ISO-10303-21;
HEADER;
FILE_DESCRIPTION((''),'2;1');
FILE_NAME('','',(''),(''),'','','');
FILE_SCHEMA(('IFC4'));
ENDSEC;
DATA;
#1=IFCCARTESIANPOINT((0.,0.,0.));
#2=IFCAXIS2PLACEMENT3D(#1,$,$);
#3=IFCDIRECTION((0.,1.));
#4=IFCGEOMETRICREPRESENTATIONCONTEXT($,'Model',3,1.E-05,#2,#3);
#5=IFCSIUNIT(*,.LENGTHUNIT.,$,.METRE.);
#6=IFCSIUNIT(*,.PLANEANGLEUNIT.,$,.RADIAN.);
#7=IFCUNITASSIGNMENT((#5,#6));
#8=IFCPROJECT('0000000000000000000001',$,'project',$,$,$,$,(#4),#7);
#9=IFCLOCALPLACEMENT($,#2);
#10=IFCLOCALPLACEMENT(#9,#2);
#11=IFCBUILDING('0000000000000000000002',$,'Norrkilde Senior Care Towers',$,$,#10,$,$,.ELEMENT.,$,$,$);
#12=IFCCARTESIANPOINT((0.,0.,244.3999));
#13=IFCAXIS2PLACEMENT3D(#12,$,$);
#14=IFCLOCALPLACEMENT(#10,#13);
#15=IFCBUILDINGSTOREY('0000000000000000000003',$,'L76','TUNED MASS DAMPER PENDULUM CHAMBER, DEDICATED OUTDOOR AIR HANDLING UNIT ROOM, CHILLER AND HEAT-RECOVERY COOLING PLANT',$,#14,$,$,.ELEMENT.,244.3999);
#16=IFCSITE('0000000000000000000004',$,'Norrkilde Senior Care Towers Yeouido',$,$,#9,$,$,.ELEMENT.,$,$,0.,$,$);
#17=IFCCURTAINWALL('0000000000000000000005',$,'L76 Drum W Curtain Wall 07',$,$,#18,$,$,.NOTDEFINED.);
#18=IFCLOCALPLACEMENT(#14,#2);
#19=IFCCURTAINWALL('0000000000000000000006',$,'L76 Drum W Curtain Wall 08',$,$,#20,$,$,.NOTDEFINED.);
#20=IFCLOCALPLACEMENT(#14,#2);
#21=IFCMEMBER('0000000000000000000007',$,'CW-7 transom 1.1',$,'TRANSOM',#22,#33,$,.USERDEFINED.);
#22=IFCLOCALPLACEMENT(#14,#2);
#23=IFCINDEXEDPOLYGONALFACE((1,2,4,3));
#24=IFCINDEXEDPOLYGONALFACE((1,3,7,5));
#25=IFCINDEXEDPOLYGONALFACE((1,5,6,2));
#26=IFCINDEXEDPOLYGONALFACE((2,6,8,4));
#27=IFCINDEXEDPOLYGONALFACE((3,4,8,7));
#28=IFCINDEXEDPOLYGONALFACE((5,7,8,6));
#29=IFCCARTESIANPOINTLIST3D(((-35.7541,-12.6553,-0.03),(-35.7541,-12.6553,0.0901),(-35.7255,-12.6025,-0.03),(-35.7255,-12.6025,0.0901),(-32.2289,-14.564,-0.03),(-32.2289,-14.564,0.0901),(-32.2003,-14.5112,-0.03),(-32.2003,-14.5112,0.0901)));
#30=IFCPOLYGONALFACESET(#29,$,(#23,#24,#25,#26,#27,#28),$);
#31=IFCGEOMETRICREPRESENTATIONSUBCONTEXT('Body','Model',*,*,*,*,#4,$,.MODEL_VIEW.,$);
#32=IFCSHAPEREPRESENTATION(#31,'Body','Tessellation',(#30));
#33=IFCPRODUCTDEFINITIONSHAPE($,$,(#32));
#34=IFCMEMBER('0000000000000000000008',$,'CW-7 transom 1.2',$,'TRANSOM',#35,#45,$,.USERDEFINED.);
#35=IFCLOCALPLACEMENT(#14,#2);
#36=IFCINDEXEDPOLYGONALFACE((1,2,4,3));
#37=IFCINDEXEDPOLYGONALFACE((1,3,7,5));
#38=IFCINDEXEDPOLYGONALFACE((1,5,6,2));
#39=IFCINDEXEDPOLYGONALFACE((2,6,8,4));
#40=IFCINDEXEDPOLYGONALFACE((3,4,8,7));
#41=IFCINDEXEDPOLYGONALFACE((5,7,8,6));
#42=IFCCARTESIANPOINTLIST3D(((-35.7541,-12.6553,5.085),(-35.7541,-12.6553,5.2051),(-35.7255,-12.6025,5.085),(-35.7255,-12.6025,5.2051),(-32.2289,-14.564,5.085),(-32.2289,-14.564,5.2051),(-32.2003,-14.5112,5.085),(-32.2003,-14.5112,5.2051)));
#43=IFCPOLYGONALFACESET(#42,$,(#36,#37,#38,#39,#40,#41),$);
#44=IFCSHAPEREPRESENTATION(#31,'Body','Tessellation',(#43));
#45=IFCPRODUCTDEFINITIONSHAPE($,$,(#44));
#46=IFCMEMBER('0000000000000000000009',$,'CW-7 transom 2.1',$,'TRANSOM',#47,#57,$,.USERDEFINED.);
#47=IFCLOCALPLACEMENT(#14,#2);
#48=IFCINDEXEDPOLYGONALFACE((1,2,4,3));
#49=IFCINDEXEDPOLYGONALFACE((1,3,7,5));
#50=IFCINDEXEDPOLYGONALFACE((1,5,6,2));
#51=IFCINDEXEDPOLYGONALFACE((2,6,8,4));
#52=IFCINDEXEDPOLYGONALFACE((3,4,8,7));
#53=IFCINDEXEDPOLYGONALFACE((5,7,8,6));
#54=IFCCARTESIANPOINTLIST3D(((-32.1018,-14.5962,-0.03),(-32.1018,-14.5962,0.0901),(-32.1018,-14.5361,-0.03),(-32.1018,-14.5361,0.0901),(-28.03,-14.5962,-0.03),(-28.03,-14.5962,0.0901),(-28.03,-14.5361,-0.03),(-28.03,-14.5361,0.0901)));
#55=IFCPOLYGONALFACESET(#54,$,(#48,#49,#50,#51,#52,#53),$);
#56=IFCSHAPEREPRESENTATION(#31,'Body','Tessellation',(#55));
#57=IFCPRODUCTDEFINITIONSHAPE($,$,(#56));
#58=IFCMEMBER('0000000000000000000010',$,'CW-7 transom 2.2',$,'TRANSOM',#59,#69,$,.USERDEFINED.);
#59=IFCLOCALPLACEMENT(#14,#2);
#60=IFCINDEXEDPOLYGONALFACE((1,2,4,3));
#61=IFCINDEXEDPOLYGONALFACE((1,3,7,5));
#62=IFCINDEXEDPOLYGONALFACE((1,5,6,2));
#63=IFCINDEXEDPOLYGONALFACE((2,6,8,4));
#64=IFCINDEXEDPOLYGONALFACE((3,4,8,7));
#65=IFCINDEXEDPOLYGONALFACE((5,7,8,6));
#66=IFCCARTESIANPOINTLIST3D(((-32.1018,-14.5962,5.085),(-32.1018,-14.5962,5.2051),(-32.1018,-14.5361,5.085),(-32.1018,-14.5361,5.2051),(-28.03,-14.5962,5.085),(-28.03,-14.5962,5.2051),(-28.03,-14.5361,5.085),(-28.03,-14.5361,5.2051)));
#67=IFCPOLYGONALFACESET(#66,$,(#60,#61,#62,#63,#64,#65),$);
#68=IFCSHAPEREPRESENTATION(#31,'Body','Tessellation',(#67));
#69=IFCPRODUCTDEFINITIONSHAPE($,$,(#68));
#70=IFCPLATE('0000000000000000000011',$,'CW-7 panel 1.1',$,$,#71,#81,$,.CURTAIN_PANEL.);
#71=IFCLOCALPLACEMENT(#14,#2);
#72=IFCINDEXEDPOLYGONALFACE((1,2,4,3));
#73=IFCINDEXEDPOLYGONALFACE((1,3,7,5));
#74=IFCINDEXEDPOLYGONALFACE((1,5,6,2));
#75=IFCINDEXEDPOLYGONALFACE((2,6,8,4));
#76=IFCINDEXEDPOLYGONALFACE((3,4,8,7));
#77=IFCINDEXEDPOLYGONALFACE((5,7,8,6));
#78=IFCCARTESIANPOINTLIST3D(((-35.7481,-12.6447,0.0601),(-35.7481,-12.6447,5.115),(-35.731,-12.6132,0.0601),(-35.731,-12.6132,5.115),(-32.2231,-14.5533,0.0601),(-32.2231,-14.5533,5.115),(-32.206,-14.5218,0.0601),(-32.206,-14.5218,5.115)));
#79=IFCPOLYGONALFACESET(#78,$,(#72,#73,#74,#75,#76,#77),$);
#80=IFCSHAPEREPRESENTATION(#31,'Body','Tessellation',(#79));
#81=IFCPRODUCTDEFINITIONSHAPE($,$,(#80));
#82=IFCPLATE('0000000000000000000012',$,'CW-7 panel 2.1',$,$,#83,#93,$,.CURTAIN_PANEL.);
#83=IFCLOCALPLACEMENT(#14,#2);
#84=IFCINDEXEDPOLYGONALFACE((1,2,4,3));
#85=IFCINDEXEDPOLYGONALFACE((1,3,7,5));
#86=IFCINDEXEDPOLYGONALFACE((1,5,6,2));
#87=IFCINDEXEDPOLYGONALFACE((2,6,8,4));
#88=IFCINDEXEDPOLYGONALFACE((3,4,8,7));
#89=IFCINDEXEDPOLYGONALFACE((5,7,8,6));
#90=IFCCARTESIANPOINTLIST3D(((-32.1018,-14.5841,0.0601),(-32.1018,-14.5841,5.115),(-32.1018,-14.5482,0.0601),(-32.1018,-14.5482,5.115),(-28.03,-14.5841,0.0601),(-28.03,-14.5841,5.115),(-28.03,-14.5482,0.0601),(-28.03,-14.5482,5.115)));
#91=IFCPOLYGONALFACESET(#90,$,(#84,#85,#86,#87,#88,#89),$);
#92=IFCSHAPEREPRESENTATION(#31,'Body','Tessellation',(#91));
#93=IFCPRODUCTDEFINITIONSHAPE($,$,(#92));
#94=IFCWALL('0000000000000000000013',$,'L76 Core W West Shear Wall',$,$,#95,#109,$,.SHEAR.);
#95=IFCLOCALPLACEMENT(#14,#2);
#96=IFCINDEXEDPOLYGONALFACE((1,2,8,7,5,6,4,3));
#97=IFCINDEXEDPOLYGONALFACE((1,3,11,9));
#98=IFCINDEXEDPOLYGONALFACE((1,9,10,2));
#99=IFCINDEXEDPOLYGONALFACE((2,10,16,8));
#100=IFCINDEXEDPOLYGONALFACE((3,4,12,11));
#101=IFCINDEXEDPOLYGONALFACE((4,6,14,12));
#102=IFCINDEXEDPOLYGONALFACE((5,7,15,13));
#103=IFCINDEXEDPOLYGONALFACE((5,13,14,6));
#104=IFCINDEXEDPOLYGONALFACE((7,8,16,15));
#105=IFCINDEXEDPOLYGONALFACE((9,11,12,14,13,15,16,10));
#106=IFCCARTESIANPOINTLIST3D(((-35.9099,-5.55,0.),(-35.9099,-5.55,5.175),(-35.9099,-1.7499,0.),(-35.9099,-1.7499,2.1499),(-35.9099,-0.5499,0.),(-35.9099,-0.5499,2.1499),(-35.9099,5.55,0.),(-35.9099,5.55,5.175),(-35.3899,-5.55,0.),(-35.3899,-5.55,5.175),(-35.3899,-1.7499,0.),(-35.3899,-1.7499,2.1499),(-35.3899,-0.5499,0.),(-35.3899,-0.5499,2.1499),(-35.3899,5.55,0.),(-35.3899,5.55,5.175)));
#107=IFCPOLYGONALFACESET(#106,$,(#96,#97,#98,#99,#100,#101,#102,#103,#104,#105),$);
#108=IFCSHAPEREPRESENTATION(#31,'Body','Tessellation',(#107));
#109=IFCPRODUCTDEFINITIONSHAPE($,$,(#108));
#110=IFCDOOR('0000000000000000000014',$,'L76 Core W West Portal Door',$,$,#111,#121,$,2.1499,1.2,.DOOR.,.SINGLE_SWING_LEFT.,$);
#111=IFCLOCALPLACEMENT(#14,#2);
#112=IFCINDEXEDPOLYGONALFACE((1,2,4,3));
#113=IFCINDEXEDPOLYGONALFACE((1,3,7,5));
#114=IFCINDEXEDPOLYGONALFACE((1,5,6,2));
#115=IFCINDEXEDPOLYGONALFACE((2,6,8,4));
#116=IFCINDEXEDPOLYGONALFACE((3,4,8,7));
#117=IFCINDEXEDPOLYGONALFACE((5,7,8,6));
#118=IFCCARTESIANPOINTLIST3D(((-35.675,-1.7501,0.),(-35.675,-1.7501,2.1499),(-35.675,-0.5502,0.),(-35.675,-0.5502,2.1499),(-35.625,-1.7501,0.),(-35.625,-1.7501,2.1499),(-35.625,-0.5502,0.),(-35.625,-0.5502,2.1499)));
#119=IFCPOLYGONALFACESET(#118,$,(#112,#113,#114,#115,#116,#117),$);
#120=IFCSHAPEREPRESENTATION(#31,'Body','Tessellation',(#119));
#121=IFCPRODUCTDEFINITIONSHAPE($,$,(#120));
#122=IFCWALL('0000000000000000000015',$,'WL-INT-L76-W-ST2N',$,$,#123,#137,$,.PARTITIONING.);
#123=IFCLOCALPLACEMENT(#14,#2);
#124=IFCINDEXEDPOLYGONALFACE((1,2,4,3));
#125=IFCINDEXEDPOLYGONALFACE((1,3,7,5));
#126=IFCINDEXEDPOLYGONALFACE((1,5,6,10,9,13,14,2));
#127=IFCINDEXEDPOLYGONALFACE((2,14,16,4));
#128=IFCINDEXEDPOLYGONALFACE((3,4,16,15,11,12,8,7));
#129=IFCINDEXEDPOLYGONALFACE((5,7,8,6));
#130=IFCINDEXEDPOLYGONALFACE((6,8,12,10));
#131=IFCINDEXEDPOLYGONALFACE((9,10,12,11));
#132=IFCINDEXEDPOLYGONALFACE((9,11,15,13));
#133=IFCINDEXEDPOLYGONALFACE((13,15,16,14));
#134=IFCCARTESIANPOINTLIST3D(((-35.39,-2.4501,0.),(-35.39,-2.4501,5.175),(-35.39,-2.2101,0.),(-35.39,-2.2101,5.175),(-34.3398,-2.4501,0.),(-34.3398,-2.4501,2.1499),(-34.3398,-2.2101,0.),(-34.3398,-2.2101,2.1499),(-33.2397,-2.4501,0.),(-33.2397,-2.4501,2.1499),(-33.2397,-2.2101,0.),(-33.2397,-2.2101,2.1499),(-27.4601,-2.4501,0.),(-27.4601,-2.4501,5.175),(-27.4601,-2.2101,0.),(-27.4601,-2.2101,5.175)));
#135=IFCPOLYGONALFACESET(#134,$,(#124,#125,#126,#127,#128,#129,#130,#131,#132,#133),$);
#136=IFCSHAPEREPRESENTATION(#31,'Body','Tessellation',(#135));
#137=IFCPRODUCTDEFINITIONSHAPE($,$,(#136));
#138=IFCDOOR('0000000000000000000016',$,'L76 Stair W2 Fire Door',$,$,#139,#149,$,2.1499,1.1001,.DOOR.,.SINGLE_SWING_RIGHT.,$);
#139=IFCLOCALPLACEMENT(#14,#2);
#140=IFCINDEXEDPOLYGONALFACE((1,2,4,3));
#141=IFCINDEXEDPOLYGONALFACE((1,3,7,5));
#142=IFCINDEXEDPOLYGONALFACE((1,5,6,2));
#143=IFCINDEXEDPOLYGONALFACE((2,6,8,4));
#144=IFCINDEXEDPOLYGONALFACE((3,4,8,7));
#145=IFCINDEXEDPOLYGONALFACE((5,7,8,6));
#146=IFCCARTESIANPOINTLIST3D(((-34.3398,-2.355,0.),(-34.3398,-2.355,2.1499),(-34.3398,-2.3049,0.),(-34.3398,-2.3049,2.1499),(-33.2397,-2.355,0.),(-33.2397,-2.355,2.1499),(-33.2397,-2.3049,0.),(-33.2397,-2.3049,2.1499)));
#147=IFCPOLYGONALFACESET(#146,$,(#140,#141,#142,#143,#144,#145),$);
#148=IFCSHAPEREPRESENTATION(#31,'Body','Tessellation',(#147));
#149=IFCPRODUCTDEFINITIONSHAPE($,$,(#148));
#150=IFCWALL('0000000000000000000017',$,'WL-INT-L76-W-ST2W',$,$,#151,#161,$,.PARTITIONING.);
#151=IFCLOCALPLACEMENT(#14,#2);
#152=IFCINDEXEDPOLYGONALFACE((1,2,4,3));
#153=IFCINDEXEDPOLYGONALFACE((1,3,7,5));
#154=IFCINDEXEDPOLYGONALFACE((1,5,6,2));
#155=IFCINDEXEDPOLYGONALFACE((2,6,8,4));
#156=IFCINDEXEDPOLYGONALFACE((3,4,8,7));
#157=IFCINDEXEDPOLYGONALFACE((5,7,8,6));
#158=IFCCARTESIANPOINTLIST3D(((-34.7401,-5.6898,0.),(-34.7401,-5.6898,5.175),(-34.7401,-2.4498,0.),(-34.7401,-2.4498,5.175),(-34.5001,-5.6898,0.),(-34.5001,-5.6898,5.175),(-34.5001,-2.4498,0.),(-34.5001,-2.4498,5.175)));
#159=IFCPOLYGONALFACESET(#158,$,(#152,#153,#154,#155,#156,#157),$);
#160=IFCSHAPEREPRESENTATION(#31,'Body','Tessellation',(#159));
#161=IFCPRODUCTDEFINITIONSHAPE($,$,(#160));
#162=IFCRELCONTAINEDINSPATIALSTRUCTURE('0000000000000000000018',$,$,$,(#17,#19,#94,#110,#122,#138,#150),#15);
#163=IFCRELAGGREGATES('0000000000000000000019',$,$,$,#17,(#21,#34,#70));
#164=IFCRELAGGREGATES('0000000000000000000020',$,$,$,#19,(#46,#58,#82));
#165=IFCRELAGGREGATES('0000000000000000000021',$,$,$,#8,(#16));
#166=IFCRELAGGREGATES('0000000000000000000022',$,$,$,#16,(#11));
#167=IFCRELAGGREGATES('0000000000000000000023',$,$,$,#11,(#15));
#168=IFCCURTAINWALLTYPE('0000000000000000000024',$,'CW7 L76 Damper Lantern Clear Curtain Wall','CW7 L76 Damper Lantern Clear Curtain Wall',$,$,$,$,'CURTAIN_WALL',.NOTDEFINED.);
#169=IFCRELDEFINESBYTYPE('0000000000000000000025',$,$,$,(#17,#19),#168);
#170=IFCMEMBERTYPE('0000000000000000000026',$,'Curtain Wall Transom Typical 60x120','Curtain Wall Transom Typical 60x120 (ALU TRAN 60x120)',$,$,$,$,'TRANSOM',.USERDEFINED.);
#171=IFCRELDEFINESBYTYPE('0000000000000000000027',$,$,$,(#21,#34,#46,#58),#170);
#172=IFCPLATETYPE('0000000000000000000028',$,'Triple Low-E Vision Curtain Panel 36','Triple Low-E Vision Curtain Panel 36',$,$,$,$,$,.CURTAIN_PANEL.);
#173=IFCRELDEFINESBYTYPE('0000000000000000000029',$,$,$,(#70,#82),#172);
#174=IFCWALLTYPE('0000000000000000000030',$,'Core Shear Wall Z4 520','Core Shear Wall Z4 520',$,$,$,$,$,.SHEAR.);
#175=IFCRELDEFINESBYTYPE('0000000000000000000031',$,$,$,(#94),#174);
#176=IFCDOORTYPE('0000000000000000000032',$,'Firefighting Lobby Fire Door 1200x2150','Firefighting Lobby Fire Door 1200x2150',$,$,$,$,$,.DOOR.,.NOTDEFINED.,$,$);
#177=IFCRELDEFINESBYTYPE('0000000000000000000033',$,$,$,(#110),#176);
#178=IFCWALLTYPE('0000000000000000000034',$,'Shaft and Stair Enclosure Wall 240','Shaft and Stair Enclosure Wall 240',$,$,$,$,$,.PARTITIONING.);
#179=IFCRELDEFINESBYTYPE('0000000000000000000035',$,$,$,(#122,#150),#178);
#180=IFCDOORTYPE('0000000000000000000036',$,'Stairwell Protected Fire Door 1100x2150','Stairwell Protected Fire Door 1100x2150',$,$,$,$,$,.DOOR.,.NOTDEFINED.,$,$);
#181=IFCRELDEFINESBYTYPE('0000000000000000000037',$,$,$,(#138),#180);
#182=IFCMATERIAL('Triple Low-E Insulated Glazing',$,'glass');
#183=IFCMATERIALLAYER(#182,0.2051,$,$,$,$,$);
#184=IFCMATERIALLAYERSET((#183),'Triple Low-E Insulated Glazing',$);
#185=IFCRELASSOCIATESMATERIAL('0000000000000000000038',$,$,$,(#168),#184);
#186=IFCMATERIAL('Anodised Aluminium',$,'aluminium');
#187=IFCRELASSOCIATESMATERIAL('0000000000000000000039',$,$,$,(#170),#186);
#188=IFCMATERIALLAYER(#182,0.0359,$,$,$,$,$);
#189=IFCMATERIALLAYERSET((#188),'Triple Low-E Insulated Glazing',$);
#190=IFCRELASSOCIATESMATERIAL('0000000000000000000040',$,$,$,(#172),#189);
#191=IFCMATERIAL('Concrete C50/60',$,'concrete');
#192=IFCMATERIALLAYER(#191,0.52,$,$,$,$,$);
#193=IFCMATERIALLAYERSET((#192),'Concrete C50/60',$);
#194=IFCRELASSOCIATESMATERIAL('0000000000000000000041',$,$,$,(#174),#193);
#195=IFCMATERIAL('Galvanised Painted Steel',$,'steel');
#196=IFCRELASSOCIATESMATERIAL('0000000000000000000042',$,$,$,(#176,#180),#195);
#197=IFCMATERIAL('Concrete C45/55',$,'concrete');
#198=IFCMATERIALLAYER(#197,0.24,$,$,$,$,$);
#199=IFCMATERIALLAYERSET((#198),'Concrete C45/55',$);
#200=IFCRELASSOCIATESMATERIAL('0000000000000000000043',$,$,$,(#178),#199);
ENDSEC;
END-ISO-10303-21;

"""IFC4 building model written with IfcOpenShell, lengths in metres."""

from ifc_helpers import new_model, si_unit, direction, frame, frame_2d, origin, origin_2d, place, context, subcontext, project, spatial, rectangle, extrude, source, transform, mapped, material, layer, layer_set, material_profile, profile_set, type_object, type_shapes, element, fill, aggregate, save


model = new_model("IFC4")

# Units and contexts
model_context = context("Model", 3, precision=1e-05, world=origin(), true_north=direction((0.0, 1.0)))
body_context = subcontext(model_context, "Body", "Model", "MODEL_VIEW")
ifc_project = project(units=[si_unit("LENGTHUNIT", "METRE"), si_unit("PLANEANGLEUNIT", "RADIAN")], contexts=[model_context])

# Site, building, storey
site_placement = place(None, origin())
site = spatial("IfcSite", under=ifc_project, at=site_placement, Name="Norrkilde Senior Care Towers Yeouido", CompositionType="ELEMENT", RefElevation=0.0)
building_placement = place(site_placement, origin())
building = spatial("IfcBuilding", under=site, at=building_placement, Name="Norrkilde Senior Care Towers", CompositionType="ELEMENT")
storey_placement = place(building_placement, frame((0.0, 0.0, 244.3999)))
storey = spatial("IfcBuildingStorey", under=building, at=storey_placement, Name="L76", Description="TUNED MASS DAMPER PENDULUM CHAMBER, DEDICATED OUTDOOR AIR HANDLING UNIT ROOM, CHILLER AND HEAT-RECOVERY COOLING PLANT", CompositionType="ELEMENT", Elevation=244.3999)

# Shared definitions
ifc_material_1 = material(Name="Concrete C50/60", Category="concrete")

# Curtain walls
ifc_material_2 = material(Name="Triple Low-E Insulated Glazing", Category="glass")
ifc_layer_1 = layer(ifc_material_2, 0.2051)
ifc_layer_set_1 = layer_set([ifc_layer_1], Name="Triple Low-E Insulated Glazing")
curtain_wall_type = type_object("IfcCurtainWallType", Name="CW7 L76 Damper Lantern Clear Curtain Wall", Description="CW7 L76 Damper Lantern Clear Curtain Wall", ElementType="CURTAIN_WALL", PredefinedType="NOTDEFINED", material=ifc_layer_set_1)
curtain_wall_1_placement = place(storey_placement, origin())
curtain_wall_1 = element("IfcCurtainWall", 1, at=curtain_wall_1_placement, inside=storey, type_object=curtain_wall_type, Name="L76 Drum W Curtain Wall 07", PredefinedType="NOTDEFINED")
ifc_material_3 = material(Name="Anodised Aluminium", Category="aluminium")
curtain_wall_2_placement = place(storey_placement, origin())
curtain_wall_2 = element("IfcCurtainWall", 2, at=curtain_wall_2_placement, inside=storey, type_object=curtain_wall_type, Name="L76 Drum W Curtain Wall 08", PredefinedType="NOTDEFINED")

# Members
ifc_material_profile_1 = material_profile(ifc_material_3, rectangle(XDim=0.0601, YDim=0.1201, at=origin_2d()), Name="ALU TRAN 60x120")
ifc_profile_set_1 = profile_set([ifc_material_profile_1], Name="Anodised Aluminium")
member_type_1 = type_object("IfcMemberType", Name="Curtain Wall Transom Typical 60x120", Description="Curtain Wall Transom Typical 60x120 (ALU TRAN 60x120)", ElementType="TRANSOM", PredefinedType="USERDEFINED", material=ifc_profile_set_1)
shared_shape_1 = source(origin(), body_context, "Body", "SweptSolid", [
    extrude(rectangle(XDim=0.0601, YDim=0.1201, at=origin_2d()), origin(), (0.0, 0.0, 1.0), 4.0088),
])
member_1_placement = place(storey_placement, frame((-32.2146, -14.5376, 0.03), z_axis=(-0.879372, 0.476136, 0.0), x_axis=(-0.476136, -0.879372, 0.0)))
member_1 = element("IfcMember", 3, at=member_1_placement, type_object=member_type_1, Name="CW-7 transom 1.1", ObjectType="TRANSOM", PredefinedType="USERDEFINED", context=body_context, shape_type="MappedRepresentation", body=[
    mapped(shared_shape_1, transform((0.0, 0.0, 0.0), x_axis=(1.0, 0.0, 0.0), y_axis=(0.0, 1.0, 0.0), z_axis=(0.0, 0.0, 1.0), scale=1.0)),
])
member_2_placement = place(storey_placement, frame((-32.2146, -14.5376, 5.145), z_axis=(-0.879372, 0.476136, 0.0), x_axis=(-0.476136, -0.879372, 0.0)))
member_2 = element("IfcMember", 4, at=member_2_placement, type_object=member_type_1, Name="CW-7 transom 1.2", ObjectType="TRANSOM", PredefinedType="USERDEFINED", context=body_context, shape_type="MappedRepresentation", body=[
    mapped(shared_shape_1, transform((0.0, 0.0, 0.0), x_axis=(1.0, 0.0, 0.0), y_axis=(0.0, 1.0, 0.0), z_axis=(0.0, 0.0, 1.0), scale=1.0)),
])
shared_shape_2 = source(origin(), body_context, "Body", "SweptSolid", [
    extrude(rectangle(XDim=0.0601, YDim=0.1201, at=origin_2d()), origin(), (0.0, 0.0, 1.0), 4.0718),
])
type_shapes(member_type_1, [shared_shape_1, shared_shape_2])
member_3_placement = place(storey_placement, frame((-28.03, -14.5662, 0.03), z_axis=(-1.0, 0.0, 0.0), x_axis=(0.0, -1.0, 0.0)))
member_3 = element("IfcMember", 5, at=member_3_placement, type_object=member_type_1, Name="CW-7 transom 2.1", ObjectType="TRANSOM", PredefinedType="USERDEFINED", context=body_context, shape_type="MappedRepresentation", body=[
    mapped(shared_shape_2, transform((0.0, 0.0, 0.0), x_axis=(1.0, 0.0, 0.0), y_axis=(0.0, 1.0, 0.0), z_axis=(0.0, 0.0, 1.0), scale=1.0)),
])
member_4_placement = place(storey_placement, frame((-28.03, -14.5662, 5.145), z_axis=(-1.0, 0.0, 0.0), x_axis=(0.0, -1.0, 0.0)))
member_4 = element("IfcMember", 6, at=member_4_placement, type_object=member_type_1, Name="CW-7 transom 2.2", ObjectType="TRANSOM", PredefinedType="USERDEFINED", context=body_context, shape_type="MappedRepresentation", body=[
    mapped(shared_shape_2, transform((0.0, 0.0, 0.0), x_axis=(1.0, 0.0, 0.0), y_axis=(0.0, 1.0, 0.0), z_axis=(0.0, 0.0, 1.0), scale=1.0)),
])

# Plates
ifc_layer_2 = layer(ifc_material_2, 0.0359)
ifc_layer_set_2 = layer_set([ifc_layer_2], Name="Triple Low-E Insulated Glazing")
plate_type = type_object("IfcPlateType", Name="Triple Low-E Vision Curtain Panel 36", Description="Triple Low-E Vision Curtain Panel 36", PredefinedType="CURTAIN_PANEL", material=ifc_layer_set_2)
shared_shape_3 = source(origin(), body_context, "Body", "SweptSolid", [
    extrude(rectangle(XDim=4.0085, YDim=0.0359, at=origin_2d()), origin(), (0.0, 0.0, 1.0), 5.0549),
])
plate_1_placement = place(storey_placement, frame((-33.9771, -13.5833, 0.0601), z_axis=(0.0, 0.0, 1.0), x_axis=(-0.879373, 0.476133, 0.0)))
plate_1 = element("IfcPlate", 7, at=plate_1_placement, type_object=plate_type, Name="CW-7 panel 1.1", PredefinedType="CURTAIN_PANEL", context=body_context, shape_type="MappedRepresentation", body=[
    mapped(shared_shape_3, transform((0.0, 0.0, 0.0), x_axis=(1.0, 0.0, 0.0), y_axis=(0.0, 1.0, 0.0), z_axis=(0.0, 0.0, 1.0), scale=1.0)),
])
aggregate(curtain_wall_1, [member_1, member_2, plate_1])
shared_shape_4 = source(origin(), body_context, "Body", "SweptSolid", [
    extrude(rectangle(XDim=4.0718, YDim=0.0359, at=origin_2d()), origin(), (0.0, 0.0, 1.0), 5.0549),
])
type_shapes(plate_type, [shared_shape_3, shared_shape_4])
plate_2_placement = place(storey_placement, frame((-30.0659, -14.5662, 0.0601), z_axis=(0.0, 0.0, 1.0), x_axis=(-1.0, 0.0, 0.0)))
plate_2 = element("IfcPlate", 8, at=plate_2_placement, type_object=plate_type, Name="CW-7 panel 2.1", PredefinedType="CURTAIN_PANEL", context=body_context, shape_type="MappedRepresentation", body=[
    mapped(shared_shape_4, transform((0.0, 0.0, 0.0), x_axis=(1.0, 0.0, 0.0), y_axis=(0.0, 1.0, 0.0), z_axis=(0.0, 0.0, 1.0), scale=1.0)),
])
aggregate(curtain_wall_2, [member_3, member_4, plate_2])

# Walls, openings, doors
ifc_layer_3 = layer(ifc_material_1, 0.52)
ifc_layer_set_3 = layer_set([ifc_layer_3], Name="Concrete C50/60")
wall_type_1 = type_object("IfcWallType", Name="Core Shear Wall Z4 520", Description="Core Shear Wall Z4 520", PredefinedType="SHEAR", material=ifc_layer_set_3)
shared_shape_5 = source(origin(), body_context, "Body", "SweptSolid", [
    extrude(rectangle(XDim=11.1001, YDim=0.52, at=frame_2d((5.55, 0.0))), origin(), (0.0, 0.0, 1.0), 5.175),
])
type_shapes(wall_type_1, [shared_shape_5])
wall_1_placement = place(storey_placement, frame((-35.6499, -5.55, 0.0), z_axis=(0.0, 0.0, 1.0), x_axis=(0.0, 1.0, 0.0)))
wall_1 = element("IfcWall", 9, at=wall_1_placement, inside=storey, type_object=wall_type_1, Name="L76 Core W West Shear Wall", PredefinedType="SHEAR", context=body_context, shape_type="MappedRepresentation", body=[
    mapped(shared_shape_5, transform((0.0, 0.0, 0.0), x_axis=(1.0, 0.0, 0.0), y_axis=(0.0, 1.0, 0.0), z_axis=(0.0, 0.0, 1.0), scale=1.0)),
])
opening_1_placement = place(wall_1_placement, frame((3.8, 0.0, 0.0)))
opening_1 = element("IfcOpeningElement", 10, at=opening_1_placement, cuts=wall_1, PredefinedType="OPENING", context=body_context, shape_type="SweptSolid", body=[
    extrude(rectangle(XDim=1.2, YDim=2.1499, at=frame_2d((0.6001, 1.075))), frame((0.0, 0.27, 0.0), z_axis=(0.0, -1.0, 0.0), x_axis=(1.0, 0.0, 0.0)), (0.0, 0.0, 1.0), 0.54),
])
ifc_material_4 = material(Name="Galvanised Painted Steel", Category="steel")
door_type_1 = type_object("IfcDoorType", Name="Firefighting Lobby Fire Door 1200x2150", Description="Firefighting Lobby Fire Door 1200x2150", OperationType="NOTDEFINED", PredefinedType="DOOR", material=ifc_material_4)
shared_shape_6 = source(origin(), body_context, "Body", "SweptSolid", [
    extrude(rectangle(XDim=1.2, YDim=2.1499, at=frame_2d((0.6001, 1.075))), frame((0.0, 0.0249, 0.0), z_axis=(0.0, -1.0, 0.0), x_axis=(1.0, 0.0, 0.0)), (0.0, 0.0, 1.0), 0.05),
])
type_shapes(door_type_1, [shared_shape_6])
door_1_placement = place(opening_1_placement, frame((1.2, 0.0, 0.0), z_axis=(0.0, 0.0, 1.0), x_axis=(-1.0, 0.0, 0.0)))
door_1 = element("IfcDoor", 11, at=door_1_placement, inside=storey, type_object=door_type_1, Name="L76 Core W West Portal Door", OperationType="SINGLE_SWING_LEFT", OverallHeight=2.1499, OverallWidth=1.2, PredefinedType="DOOR", context=body_context, shape_type="MappedRepresentation", body=[
    mapped(shared_shape_6, transform((0.0, 0.0, 0.0), x_axis=(1.0, 0.0, 0.0), y_axis=(0.0, 1.0, 0.0), z_axis=(0.0, 0.0, 1.0), scale=1.0)),
])
fill(opening_1, door_1)
ifc_material_5 = material(Name="Concrete C45/55", Category="concrete")
ifc_layer_4 = layer(ifc_material_5, 0.24)
ifc_layer_set_4 = layer_set([ifc_layer_4], Name="Concrete C45/55")
wall_type_2 = type_object("IfcWallType", Name="Shaft and Stair Enclosure Wall 240", Description="Shaft and Stair Enclosure Wall 240", PredefinedType="PARTITIONING", material=ifc_layer_set_4)
shared_shape_7 = source(origin(), body_context, "Body", "SweptSolid", [
    extrude(rectangle(XDim=7.9299, YDim=0.24, at=frame_2d((3.9648, 0.0))), origin(), (0.0, 0.0, 1.0), 5.175),
])
wall_2_placement = place(storey_placement, frame((-35.3899, -2.3301, 0.0), z_axis=(0.0, 0.0, 1.0), x_axis=(1.0, 0.0, 0.0)))
wall_2 = element("IfcWall", 12, at=wall_2_placement, inside=storey, type_object=wall_type_2, Name="WL-INT-L76-W-ST2N", PredefinedType="PARTITIONING", context=body_context, shape_type="MappedRepresentation", body=[
    mapped(shared_shape_7, transform((0.0, 0.0, 0.0), x_axis=(1.0, 0.0, 0.0), y_axis=(0.0, 1.0, 0.0), z_axis=(0.0, 0.0, 1.0), scale=1.0)),
])
opening_2_placement = place(wall_2_placement, frame((1.05, 0.0, 0.0)))
opening_2 = element("IfcOpeningElement", 13, at=opening_2_placement, cuts=wall_2, PredefinedType="OPENING", context=body_context, shape_type="SweptSolid", body=[
    extrude(rectangle(XDim=1.1001, YDim=2.1499, at=frame_2d((0.55, 1.075))), frame((0.0, 0.1299, 0.0), z_axis=(0.0, -1.0, 0.0), x_axis=(1.0, 0.0, 0.0)), (0.0, 0.0, 1.0), 0.26),
])
door_type_2 = type_object("IfcDoorType", Name="Stairwell Protected Fire Door 1100x2150", Description="Stairwell Protected Fire Door 1100x2150", OperationType="NOTDEFINED", PredefinedType="DOOR", material=ifc_material_4)
shared_shape_8 = source(origin(), body_context, "Body", "SweptSolid", [
    extrude(rectangle(XDim=1.1001, YDim=2.1499, at=frame_2d((0.55, 1.075))), frame((0.0, 0.0249, 0.0), z_axis=(0.0, -1.0, 0.0), x_axis=(1.0, 0.0, 0.0)), (0.0, 0.0, 1.0), 0.05),
])
type_shapes(door_type_2, [shared_shape_8])
door_2_placement = place(opening_2_placement, frame((1.1001, 0.0, 0.0), z_axis=(0.0, 0.0, 1.0), x_axis=(-1.0, 0.0, 0.0)))
door_2 = element("IfcDoor", 14, at=door_2_placement, inside=storey, type_object=door_type_2, Name="L76 Stair W2 Fire Door", OperationType="SINGLE_SWING_RIGHT", OverallHeight=2.1499, OverallWidth=1.1001, PredefinedType="DOOR", context=body_context, shape_type="MappedRepresentation", body=[
    mapped(shared_shape_8, transform((0.0, 0.0, 0.0), x_axis=(1.0, 0.0, 0.0), y_axis=(0.0, 1.0, 0.0), z_axis=(0.0, 0.0, 1.0), scale=1.0)),
])
fill(opening_2, door_2)

# Wall
shared_shape_9 = source(origin(), body_context, "Body", "SweptSolid", [
    extrude(rectangle(XDim=3.24, YDim=0.24, at=frame_2d((1.6201, 0.0))), origin(), (0.0, 0.0, 1.0), 5.175),
])
type_shapes(wall_type_2, [shared_shape_7, shared_shape_9])
wall_3_placement = place(storey_placement, frame((-34.6201, -5.6899, 0.0), z_axis=(0.0, 0.0, 1.0), x_axis=(0.0, 1.0, 0.0)))
element("IfcWall", 15, at=wall_3_placement, inside=storey, type_object=wall_type_2, Name="WL-INT-L76-W-ST2W", PredefinedType="PARTITIONING", context=body_context, shape_type="MappedRepresentation", body=[
    mapped(shared_shape_9, transform((0.0, 0.0, 0.0), x_axis=(1.0, 0.0, 0.0), y_axis=(0.0, 1.0, 0.0), z_axis=(0.0, 0.0, 1.0), scale=1.0)),
])

save(model, "model.ifc")
